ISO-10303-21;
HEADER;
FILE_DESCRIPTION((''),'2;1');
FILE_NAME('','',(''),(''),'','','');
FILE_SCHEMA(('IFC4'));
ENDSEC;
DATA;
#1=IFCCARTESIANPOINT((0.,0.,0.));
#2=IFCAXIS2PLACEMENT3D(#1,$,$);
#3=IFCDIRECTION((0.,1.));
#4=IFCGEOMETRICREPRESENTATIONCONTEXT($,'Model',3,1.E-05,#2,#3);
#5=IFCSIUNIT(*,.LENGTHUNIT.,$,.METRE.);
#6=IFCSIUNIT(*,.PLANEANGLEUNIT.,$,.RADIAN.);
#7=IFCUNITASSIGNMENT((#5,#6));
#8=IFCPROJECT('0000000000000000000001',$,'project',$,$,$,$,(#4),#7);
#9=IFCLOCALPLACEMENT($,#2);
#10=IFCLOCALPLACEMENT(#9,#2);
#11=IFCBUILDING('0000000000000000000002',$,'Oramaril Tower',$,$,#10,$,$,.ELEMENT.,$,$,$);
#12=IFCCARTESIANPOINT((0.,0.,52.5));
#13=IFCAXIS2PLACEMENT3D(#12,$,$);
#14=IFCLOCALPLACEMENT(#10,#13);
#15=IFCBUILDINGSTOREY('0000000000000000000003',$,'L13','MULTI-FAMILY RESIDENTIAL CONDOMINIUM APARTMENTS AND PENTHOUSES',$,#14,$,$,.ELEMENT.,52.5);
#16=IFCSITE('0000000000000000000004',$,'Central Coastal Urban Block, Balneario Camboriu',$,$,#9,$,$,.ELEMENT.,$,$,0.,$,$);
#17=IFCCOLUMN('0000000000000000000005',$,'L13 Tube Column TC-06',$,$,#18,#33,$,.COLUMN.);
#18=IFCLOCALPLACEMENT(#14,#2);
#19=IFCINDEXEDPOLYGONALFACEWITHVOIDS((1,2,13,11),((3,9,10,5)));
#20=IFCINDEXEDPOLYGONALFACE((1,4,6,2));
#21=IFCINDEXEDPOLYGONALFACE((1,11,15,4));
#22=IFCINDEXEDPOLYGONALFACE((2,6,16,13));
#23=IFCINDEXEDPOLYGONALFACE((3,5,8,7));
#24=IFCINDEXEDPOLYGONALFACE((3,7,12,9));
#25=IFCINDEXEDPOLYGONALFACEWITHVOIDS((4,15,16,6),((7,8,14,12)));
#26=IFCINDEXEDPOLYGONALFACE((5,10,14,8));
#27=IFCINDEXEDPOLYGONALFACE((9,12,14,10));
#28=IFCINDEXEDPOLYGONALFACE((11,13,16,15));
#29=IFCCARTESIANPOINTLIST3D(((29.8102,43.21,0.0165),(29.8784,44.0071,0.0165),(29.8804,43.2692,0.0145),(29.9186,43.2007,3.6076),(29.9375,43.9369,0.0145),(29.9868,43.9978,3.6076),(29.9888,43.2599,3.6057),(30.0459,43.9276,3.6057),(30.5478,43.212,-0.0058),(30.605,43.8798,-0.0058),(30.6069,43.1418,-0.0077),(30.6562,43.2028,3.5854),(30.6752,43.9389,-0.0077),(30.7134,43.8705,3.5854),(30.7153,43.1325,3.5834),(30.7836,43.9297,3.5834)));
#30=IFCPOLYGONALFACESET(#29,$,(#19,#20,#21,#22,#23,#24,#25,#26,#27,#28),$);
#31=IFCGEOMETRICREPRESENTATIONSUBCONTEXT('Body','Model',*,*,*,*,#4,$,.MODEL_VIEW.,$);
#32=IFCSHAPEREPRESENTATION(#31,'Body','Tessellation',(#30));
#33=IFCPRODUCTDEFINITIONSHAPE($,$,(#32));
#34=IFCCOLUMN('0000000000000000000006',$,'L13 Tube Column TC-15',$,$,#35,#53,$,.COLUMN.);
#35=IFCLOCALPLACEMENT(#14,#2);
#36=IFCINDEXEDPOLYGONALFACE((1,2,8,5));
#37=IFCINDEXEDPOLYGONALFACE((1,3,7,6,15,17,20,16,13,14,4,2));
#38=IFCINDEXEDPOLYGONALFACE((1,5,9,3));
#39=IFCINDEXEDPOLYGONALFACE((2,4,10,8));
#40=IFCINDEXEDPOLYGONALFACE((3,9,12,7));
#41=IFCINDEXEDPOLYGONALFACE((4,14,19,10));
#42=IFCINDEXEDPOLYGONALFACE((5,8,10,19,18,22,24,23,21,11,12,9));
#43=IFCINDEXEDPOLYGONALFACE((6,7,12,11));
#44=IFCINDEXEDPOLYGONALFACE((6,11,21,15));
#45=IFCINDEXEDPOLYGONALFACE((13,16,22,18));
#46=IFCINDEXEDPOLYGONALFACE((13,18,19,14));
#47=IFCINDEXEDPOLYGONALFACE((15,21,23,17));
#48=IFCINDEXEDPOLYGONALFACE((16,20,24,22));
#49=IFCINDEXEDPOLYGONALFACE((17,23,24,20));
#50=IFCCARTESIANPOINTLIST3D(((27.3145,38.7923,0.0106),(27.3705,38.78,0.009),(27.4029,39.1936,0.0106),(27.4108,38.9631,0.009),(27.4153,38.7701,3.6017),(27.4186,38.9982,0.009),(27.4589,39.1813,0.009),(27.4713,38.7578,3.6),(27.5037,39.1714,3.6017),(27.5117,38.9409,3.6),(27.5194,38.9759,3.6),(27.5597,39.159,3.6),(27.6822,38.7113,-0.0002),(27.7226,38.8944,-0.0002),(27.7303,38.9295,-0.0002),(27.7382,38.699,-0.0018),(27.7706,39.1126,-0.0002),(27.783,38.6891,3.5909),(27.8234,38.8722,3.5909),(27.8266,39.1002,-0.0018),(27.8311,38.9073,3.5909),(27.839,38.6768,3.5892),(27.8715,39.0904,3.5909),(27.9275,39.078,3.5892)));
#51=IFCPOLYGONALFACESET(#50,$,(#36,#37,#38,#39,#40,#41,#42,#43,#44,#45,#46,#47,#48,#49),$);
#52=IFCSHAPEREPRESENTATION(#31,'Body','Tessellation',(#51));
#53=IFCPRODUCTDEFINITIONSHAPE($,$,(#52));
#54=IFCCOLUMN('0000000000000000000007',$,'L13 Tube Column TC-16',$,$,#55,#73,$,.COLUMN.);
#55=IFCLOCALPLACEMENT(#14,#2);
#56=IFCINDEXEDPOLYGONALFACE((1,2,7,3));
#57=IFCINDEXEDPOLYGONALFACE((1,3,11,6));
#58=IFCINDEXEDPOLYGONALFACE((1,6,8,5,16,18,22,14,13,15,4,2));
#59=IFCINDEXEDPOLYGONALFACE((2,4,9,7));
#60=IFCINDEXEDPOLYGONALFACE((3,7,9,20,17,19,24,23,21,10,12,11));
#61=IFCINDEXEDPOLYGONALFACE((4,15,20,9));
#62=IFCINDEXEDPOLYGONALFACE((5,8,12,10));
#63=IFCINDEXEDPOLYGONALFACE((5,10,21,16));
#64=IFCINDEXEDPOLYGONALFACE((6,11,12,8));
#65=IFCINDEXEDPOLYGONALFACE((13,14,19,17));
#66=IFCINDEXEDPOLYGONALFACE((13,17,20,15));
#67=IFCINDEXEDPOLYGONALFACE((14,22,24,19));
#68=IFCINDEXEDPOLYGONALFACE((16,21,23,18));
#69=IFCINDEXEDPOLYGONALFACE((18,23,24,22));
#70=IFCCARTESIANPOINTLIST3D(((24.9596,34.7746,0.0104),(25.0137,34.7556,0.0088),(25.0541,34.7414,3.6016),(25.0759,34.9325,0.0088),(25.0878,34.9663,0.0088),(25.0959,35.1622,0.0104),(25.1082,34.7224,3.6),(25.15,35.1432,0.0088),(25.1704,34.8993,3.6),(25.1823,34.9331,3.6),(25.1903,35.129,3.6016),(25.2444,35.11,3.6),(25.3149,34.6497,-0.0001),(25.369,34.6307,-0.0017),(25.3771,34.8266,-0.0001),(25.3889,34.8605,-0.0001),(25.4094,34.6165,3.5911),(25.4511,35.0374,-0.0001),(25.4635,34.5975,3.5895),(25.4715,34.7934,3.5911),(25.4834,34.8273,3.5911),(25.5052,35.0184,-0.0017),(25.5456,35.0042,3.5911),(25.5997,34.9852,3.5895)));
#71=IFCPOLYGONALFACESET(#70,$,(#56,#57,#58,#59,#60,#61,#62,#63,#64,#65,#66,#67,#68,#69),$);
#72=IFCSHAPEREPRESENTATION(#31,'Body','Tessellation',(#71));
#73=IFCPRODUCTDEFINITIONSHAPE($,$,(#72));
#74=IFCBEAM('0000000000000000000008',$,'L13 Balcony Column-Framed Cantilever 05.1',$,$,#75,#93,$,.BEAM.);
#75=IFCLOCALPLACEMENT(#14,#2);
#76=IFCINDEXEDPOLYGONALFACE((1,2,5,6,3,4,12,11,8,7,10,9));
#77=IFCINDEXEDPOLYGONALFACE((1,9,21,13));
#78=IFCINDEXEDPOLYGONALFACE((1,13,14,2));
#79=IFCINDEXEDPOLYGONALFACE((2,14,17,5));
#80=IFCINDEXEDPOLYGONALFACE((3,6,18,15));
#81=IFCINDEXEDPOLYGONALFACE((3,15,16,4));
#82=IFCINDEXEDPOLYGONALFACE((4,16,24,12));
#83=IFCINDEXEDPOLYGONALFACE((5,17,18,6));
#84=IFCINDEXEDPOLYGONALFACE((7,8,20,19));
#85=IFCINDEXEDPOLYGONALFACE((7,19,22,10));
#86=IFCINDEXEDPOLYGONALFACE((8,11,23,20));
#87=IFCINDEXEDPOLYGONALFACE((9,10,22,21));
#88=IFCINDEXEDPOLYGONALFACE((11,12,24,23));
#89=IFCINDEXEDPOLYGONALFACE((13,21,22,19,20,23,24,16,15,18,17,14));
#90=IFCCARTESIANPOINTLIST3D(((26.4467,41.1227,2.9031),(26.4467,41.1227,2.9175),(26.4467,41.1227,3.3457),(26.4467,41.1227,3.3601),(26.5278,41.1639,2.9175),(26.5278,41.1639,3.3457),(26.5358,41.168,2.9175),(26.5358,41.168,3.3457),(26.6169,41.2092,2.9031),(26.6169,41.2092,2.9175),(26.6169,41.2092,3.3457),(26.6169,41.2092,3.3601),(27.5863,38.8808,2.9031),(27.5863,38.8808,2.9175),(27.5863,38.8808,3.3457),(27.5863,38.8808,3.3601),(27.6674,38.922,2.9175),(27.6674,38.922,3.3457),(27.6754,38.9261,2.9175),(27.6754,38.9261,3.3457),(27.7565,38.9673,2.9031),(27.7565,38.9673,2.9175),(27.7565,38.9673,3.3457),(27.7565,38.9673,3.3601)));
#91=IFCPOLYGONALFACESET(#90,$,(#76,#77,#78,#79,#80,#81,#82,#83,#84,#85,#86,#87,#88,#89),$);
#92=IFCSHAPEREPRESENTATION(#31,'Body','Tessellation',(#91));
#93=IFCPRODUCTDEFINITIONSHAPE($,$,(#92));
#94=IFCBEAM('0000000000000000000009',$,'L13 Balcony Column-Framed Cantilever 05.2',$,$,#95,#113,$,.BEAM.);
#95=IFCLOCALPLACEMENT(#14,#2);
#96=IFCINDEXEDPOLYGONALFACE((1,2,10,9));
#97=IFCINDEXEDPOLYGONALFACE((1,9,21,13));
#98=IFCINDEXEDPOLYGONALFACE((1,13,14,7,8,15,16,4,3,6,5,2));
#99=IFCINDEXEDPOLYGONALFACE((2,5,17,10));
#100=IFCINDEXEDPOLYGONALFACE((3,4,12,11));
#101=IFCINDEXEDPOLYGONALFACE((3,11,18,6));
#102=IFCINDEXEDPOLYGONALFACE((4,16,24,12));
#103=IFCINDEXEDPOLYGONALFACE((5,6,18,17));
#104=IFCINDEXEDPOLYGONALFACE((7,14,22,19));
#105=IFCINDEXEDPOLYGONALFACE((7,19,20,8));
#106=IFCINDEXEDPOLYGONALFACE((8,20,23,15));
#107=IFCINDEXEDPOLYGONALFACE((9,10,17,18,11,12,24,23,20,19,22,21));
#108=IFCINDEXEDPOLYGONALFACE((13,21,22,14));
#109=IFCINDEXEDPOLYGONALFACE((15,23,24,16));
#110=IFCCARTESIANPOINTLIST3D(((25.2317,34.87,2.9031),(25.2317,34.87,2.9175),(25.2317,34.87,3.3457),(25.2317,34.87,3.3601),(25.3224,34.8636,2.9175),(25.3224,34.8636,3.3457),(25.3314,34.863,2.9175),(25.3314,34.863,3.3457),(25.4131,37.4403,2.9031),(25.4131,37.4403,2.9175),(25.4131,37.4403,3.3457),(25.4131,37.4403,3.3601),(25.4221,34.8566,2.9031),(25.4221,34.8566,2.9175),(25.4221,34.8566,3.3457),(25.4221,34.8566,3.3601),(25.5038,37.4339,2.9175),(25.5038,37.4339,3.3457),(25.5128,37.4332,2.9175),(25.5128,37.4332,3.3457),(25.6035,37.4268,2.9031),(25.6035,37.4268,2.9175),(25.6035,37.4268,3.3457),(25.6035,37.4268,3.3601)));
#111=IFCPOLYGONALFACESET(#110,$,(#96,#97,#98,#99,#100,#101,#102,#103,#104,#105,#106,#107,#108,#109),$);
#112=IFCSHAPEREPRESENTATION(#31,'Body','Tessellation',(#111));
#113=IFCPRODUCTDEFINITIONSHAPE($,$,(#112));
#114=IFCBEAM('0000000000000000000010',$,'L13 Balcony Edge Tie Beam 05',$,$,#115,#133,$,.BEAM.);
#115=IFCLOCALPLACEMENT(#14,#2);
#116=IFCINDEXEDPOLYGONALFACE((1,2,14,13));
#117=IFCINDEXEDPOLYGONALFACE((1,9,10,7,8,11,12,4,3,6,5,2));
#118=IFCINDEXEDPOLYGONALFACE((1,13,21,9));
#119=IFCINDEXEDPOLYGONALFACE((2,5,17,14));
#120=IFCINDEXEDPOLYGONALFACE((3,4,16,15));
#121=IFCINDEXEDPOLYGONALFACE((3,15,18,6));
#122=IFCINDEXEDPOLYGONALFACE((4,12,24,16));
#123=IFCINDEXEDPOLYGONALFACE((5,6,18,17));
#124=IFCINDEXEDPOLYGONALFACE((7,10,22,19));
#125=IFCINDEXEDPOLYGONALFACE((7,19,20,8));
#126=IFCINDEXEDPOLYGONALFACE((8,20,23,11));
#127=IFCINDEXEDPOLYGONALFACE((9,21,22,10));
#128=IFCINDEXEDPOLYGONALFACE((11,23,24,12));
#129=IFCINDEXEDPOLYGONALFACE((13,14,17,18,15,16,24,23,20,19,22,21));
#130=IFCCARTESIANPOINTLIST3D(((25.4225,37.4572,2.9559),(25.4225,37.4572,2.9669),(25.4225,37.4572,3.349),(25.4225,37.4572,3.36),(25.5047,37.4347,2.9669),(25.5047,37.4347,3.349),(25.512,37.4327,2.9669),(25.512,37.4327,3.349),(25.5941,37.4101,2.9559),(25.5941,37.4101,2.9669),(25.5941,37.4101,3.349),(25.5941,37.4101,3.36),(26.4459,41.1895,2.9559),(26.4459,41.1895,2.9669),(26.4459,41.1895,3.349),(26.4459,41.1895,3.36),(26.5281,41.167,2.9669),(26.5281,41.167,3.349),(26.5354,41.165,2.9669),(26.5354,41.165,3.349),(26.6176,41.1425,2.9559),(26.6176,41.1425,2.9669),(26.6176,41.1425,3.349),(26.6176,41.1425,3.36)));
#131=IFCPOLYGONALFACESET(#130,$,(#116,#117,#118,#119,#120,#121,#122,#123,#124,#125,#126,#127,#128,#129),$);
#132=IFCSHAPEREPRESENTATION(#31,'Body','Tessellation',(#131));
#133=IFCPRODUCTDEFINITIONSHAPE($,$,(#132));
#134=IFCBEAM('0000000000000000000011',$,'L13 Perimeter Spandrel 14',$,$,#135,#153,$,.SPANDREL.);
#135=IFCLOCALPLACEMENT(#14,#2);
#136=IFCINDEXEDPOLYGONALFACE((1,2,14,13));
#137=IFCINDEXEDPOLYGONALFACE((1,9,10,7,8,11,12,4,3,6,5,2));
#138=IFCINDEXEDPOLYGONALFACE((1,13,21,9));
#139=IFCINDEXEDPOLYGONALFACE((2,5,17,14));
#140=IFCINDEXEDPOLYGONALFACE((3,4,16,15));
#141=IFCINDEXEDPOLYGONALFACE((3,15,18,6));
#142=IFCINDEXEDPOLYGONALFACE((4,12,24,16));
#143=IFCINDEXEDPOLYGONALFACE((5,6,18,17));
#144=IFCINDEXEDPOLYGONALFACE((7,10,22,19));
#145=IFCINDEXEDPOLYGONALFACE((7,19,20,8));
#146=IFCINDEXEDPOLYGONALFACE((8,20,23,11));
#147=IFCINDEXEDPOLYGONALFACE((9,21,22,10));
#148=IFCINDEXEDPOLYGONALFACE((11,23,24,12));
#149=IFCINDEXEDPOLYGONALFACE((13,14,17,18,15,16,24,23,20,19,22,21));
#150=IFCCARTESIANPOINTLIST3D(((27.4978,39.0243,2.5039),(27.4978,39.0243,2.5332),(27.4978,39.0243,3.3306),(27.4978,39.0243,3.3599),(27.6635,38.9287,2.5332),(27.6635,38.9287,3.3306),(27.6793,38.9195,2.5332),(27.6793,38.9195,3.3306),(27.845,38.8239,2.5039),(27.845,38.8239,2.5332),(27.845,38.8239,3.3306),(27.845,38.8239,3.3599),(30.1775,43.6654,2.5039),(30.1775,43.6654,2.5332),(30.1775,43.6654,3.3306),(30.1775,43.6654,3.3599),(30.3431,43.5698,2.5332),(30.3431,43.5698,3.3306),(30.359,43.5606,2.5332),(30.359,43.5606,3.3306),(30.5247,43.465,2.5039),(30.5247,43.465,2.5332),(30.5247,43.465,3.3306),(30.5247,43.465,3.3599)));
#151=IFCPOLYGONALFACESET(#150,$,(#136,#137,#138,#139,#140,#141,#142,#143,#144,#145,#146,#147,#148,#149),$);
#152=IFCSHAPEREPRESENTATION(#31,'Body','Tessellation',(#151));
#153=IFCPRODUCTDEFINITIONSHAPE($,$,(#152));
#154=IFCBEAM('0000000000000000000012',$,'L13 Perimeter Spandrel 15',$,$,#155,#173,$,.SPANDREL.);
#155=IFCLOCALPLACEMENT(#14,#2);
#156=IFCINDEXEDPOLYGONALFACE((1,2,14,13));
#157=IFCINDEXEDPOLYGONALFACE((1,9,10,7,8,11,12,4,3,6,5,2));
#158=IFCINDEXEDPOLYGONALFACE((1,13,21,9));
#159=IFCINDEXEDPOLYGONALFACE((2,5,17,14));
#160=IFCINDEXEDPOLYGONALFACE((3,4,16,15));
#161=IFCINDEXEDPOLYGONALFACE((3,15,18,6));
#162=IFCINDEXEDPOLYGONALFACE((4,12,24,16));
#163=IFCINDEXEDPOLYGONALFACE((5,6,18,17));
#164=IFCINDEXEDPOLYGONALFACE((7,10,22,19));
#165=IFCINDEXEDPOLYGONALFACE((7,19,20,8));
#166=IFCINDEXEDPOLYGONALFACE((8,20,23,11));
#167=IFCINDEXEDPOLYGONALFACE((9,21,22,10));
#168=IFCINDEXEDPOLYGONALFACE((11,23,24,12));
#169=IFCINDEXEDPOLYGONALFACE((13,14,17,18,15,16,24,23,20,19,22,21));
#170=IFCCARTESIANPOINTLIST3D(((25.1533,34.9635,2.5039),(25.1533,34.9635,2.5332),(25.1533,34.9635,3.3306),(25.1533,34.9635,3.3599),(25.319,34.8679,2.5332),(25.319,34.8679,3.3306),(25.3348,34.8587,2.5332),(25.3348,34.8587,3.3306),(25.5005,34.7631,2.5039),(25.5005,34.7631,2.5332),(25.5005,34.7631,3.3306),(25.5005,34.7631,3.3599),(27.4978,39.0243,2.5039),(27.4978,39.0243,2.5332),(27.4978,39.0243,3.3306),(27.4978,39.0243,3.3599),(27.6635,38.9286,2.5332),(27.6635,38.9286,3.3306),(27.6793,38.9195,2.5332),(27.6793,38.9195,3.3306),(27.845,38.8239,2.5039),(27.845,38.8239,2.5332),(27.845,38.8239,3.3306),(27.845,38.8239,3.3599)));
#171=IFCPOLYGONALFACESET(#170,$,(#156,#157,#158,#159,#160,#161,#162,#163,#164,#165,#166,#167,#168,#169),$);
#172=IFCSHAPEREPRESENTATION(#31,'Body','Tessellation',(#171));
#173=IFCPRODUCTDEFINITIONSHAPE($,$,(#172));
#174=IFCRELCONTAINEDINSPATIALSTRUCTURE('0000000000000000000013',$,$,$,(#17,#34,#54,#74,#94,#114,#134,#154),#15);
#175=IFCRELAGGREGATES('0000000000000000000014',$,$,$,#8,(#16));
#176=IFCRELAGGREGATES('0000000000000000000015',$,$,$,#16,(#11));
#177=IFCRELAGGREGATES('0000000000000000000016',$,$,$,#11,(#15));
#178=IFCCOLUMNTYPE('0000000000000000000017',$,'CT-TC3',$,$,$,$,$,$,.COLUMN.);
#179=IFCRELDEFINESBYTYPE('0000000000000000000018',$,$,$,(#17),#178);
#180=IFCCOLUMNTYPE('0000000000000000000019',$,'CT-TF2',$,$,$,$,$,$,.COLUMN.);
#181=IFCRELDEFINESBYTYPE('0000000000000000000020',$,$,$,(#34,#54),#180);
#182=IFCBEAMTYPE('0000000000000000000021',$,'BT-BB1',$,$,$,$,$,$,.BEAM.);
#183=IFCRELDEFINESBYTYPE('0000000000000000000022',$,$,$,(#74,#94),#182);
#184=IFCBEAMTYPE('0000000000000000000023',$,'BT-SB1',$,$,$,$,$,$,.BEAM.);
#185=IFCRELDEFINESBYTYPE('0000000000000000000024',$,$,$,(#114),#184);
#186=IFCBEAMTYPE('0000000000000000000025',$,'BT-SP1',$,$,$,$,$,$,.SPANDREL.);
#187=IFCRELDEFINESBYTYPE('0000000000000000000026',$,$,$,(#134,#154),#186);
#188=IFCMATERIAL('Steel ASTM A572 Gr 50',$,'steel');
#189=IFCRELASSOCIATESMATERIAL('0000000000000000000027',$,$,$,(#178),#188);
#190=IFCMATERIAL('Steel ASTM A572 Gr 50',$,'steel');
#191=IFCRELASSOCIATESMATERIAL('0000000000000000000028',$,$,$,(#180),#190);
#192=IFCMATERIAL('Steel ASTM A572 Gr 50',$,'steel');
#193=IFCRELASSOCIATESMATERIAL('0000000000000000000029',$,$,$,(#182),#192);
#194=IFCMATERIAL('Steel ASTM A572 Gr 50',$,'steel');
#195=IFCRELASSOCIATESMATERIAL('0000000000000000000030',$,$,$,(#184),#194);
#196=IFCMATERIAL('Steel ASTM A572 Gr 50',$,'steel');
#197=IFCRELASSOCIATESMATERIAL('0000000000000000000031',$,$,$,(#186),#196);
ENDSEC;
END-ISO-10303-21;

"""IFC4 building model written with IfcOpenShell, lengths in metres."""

from ifc_helpers import new_model, si_unit, direction, frame, origin, origin_2d, place, context, subcontext, project, spatial, hollow_rectangle, i_section, extrude, material, material_profile, profile_set, type_object, element, save


model = new_model("IFC4")

# Units and contexts
model_context = context("Model", 3, precision=1e-05, world=origin(), true_north=direction((0.0, 1.0)))
body_context = subcontext(model_context, "Body", "Model", "MODEL_VIEW")
ifc_project = project(units=[si_unit("LENGTHUNIT", "METRE"), si_unit("PLANEANGLEUNIT", "RADIAN")], contexts=[model_context])

# Site, building, storey
site_placement = place(None, origin())
site = spatial("IfcSite", under=ifc_project, at=site_placement, Name="Central Coastal Urban Block, Balneario Camboriu", CompositionType="ELEMENT", RefElevation=0.0)
building_placement = place(site_placement, origin())
building = spatial("IfcBuilding", under=site, at=building_placement, Name="Oramaril Tower", CompositionType="ELEMENT")
storey_placement = place(building_placement, frame((0.0, 0.0, 52.5)))
storey = spatial("IfcBuildingStorey", under=building, at=storey_placement, Name="L13", Description="MULTI-FAMILY RESIDENTIAL CONDOMINIUM APARTMENTS AND PENTHOUSES", CompositionType="ELEMENT", Elevation=52.5)

# Columns
ifc_material_1 = material(Name="Steel ASTM A572 Gr 50", Category="steel")
ifc_material_profile_1 = material_profile(ifc_material_1, hollow_rectangle(XDim=0.8, YDim=0.8, WallThickness=0.0649, at=origin_2d()), Name="BOX800X800X65")
ifc_profile_set_1 = profile_set([ifc_material_profile_1], Name="Steel ASTM A572 Gr 50")
column_type_1 = type_object("IfcColumnType", Name="CT-TC3", PredefinedType="COLUMN", material=ifc_profile_set_1)
column_placement = place(storey_placement, frame((30.2427, 43.5745, 0.0044), z_axis=(0.030172, -0.002582, 0.999541), x_axis=(0.085274, 0.996358, 0.0)))
element("IfcColumn", 1, at=column_placement, inside=storey, type_object=column_type_1, Name="L13 Tube Column TC-06", PredefinedType="COLUMN", context=body_context, shape_type="SweptSolid", body=[
    extrude(hollow_rectangle(XDim=0.8, YDim=0.8, WallThickness=0.0649, at=origin_2d()), origin(), (0.0, 0.0, 1.0), 3.5928),
])
ifc_material_2 = material(Name="Steel ASTM A572 Gr 50", Category="steel")
ifc_material_profile_2 = material_profile(ifc_material_2, i_section(OverallWidth=0.4109, OverallDepth=0.4341, WebThickness=0.0359, FlangeThickness=0.0574, at=origin_2d()), Name="W14X311")
ifc_profile_set_2 = profile_set([ifc_material_profile_2], Name="Steel ASTM A572 Gr 50")
column_type_2 = type_object("IfcColumnType", Name="CT-TF2", PredefinedType="COLUMN", material=ifc_profile_set_2)
for number, where, z_axis, x_axis, name in (
    (2, (27.5706, 38.9463, 0.0044), (0.028066, -0.006184, 0.999587), (0.215178, 0.976575, 0.0), "L13 Tube Column TC-15"),
    (3, (25.2324, 34.8965, 0.0044), (0.0263, -0.009242, 0.999611), (0.331545, 0.94344, 0.0), "L13 Tube Column TC-16"),
):
    element("IfcColumn", number, at=place(storey_placement, frame(where, z_axis=z_axis, x_axis=x_axis)), inside=storey, type_object=column_type_2, Name=name, PredefinedType="COLUMN", context=body_context, shape_type="SweptSolid", body=[
        extrude(i_section(OverallWidth=0.4109, OverallDepth=0.4341, WebThickness=0.0359, FlangeThickness=0.0574, at=origin_2d()), origin(), (0.0, 0.0, 1.0), 3.5925),
    ])

# Beams
ifc_material_3 = material(Name="Steel ASTM A572 Gr 50", Category="steel")
ifc_material_profile_3 = material_profile(ifc_material_3, i_section(OverallWidth=0.1909, OverallDepth=0.457, WebThickness=0.009, FlangeThickness=0.0144, at=origin_2d()), Name="W18X50")
ifc_profile_set_3 = profile_set([ifc_material_profile_3], Name="Steel ASTM A572 Gr 50")
beam_type_1 = type_object("IfcBeamType", Name="BT-BB1", PredefinedType="BEAM", material=ifc_profile_set_3)
beam_1_placement = place(storey_placement, frame((27.6714, 38.9241, 3.1316), z_axis=(-0.453145, 0.891437, 0.0), x_axis=(-0.891437, -0.453145, 0.0)))
element("IfcBeam", 4, at=beam_1_placement, inside=storey, type_object=beam_type_1, Name="L13 Balcony Column-Framed Cantilever 05.1", PredefinedType="BEAM", context=body_context, shape_type="SweptSolid", body=[
    extrude(i_section(OverallWidth=0.1909, OverallDepth=0.457, WebThickness=0.009, FlangeThickness=0.0144, at=origin_2d()), origin(), (0.0, 0.0, 1.0), 2.5149),
])
beam_2_placement = place(storey_placement, frame((25.3269, 34.8633, 3.1316), z_axis=(0.070399, 0.997519, 0.0), x_axis=(-0.997519, 0.070399, 0.0)))
element("IfcBeam", 5, at=beam_2_placement, inside=storey, type_object=beam_type_1, Name="L13 Balcony Column-Framed Cantilever 05.2", PredefinedType="BEAM", context=body_context, shape_type="SweptSolid", body=[
    extrude(i_section(OverallWidth=0.1909, OverallDepth=0.457, WebThickness=0.009, FlangeThickness=0.0144, at=origin_2d()), origin(), (0.0, 0.0, 1.0), 2.5767),
])
ifc_material_4 = material(Name="Steel ASTM A572 Gr 50", Category="steel")
ifc_material_profile_4 = material_profile(ifc_material_4, i_section(OverallWidth=0.178, OverallDepth=0.4041, WebThickness=0.0076, FlangeThickness=0.011, at=origin_2d()), Name="W16X36")
ifc_profile_set_4 = profile_set([ifc_material_profile_4], Name="Steel ASTM A572 Gr 50")
beam_type_2 = type_object("IfcBeamType", Name="BT-SB1", PredefinedType="BEAM", material=ifc_profile_set_4)
beam_3_placement = place(storey_placement, frame((26.5317, 41.166, 3.158), z_axis=(-0.264441, -0.964402, 0.0), x_axis=(0.964402, -0.264441, 0.0)))
element("IfcBeam", 6, at=beam_3_placement, inside=storey, type_object=beam_type_2, Name="L13 Balcony Edge Tie Beam 05", PredefinedType="BEAM", context=body_context, shape_type="SweptSolid", body=[
    extrude(i_section(OverallWidth=0.178, OverallDepth=0.4041, WebThickness=0.0076, FlangeThickness=0.011, at=origin_2d()), origin(), (0.0, 0.0, 1.0), 3.8701),
])
ifc_material_5 = material(Name="Steel ASTM A572 Gr 50", Category="steel")
ifc_material_profile_5 = material_profile(ifc_material_5, i_section(OverallWidth=0.4009, OverallDepth=0.856, WebThickness=0.0183, FlangeThickness=0.0293, at=origin_2d()), Name="W33X201")
ifc_profile_set_5 = profile_set([ifc_material_profile_5], Name="Steel ASTM A572 Gr 50")
beam_type_3 = type_object("IfcBeamType", Name="BT-SP1", PredefinedType="SPANDREL", material=ifc_profile_set_5)
beam_4_placement = place(storey_placement, frame((30.3511, 43.5652, 2.9319), z_axis=(-0.50002, -0.866014, 0.0), x_axis=(0.866014, -0.50002, 0.0)))
element("IfcBeam", 7, at=beam_4_placement, inside=storey, type_object=beam_type_3, Name="L13 Perimeter Spandrel 14", PredefinedType="SPANDREL", context=body_context, shape_type="SweptSolid", body=[
    extrude(i_section(OverallWidth=0.4009, OverallDepth=0.856, WebThickness=0.0183, FlangeThickness=0.0293, at=origin_2d()), origin(), (0.0, 0.0, 1.0), 5.3591),
])
beam_5_placement = place(storey_placement, frame((27.6714, 38.9241, 2.9319), z_axis=(-0.499997, -0.866027, 0.0), x_axis=(0.866027, -0.499997, 0.0)))
element("IfcBeam", 8, at=beam_5_placement, inside=storey, type_object=beam_type_3, Name="L13 Perimeter Spandrel 15", PredefinedType="SPANDREL", context=body_context, shape_type="SweptSolid", body=[
    extrude(i_section(OverallWidth=0.4009, OverallDepth=0.856, WebThickness=0.0183, FlangeThickness=0.0293, at=origin_2d()), origin(), (0.0, 0.0, 1.0), 4.689),
])

save(model, "model.ifc")
